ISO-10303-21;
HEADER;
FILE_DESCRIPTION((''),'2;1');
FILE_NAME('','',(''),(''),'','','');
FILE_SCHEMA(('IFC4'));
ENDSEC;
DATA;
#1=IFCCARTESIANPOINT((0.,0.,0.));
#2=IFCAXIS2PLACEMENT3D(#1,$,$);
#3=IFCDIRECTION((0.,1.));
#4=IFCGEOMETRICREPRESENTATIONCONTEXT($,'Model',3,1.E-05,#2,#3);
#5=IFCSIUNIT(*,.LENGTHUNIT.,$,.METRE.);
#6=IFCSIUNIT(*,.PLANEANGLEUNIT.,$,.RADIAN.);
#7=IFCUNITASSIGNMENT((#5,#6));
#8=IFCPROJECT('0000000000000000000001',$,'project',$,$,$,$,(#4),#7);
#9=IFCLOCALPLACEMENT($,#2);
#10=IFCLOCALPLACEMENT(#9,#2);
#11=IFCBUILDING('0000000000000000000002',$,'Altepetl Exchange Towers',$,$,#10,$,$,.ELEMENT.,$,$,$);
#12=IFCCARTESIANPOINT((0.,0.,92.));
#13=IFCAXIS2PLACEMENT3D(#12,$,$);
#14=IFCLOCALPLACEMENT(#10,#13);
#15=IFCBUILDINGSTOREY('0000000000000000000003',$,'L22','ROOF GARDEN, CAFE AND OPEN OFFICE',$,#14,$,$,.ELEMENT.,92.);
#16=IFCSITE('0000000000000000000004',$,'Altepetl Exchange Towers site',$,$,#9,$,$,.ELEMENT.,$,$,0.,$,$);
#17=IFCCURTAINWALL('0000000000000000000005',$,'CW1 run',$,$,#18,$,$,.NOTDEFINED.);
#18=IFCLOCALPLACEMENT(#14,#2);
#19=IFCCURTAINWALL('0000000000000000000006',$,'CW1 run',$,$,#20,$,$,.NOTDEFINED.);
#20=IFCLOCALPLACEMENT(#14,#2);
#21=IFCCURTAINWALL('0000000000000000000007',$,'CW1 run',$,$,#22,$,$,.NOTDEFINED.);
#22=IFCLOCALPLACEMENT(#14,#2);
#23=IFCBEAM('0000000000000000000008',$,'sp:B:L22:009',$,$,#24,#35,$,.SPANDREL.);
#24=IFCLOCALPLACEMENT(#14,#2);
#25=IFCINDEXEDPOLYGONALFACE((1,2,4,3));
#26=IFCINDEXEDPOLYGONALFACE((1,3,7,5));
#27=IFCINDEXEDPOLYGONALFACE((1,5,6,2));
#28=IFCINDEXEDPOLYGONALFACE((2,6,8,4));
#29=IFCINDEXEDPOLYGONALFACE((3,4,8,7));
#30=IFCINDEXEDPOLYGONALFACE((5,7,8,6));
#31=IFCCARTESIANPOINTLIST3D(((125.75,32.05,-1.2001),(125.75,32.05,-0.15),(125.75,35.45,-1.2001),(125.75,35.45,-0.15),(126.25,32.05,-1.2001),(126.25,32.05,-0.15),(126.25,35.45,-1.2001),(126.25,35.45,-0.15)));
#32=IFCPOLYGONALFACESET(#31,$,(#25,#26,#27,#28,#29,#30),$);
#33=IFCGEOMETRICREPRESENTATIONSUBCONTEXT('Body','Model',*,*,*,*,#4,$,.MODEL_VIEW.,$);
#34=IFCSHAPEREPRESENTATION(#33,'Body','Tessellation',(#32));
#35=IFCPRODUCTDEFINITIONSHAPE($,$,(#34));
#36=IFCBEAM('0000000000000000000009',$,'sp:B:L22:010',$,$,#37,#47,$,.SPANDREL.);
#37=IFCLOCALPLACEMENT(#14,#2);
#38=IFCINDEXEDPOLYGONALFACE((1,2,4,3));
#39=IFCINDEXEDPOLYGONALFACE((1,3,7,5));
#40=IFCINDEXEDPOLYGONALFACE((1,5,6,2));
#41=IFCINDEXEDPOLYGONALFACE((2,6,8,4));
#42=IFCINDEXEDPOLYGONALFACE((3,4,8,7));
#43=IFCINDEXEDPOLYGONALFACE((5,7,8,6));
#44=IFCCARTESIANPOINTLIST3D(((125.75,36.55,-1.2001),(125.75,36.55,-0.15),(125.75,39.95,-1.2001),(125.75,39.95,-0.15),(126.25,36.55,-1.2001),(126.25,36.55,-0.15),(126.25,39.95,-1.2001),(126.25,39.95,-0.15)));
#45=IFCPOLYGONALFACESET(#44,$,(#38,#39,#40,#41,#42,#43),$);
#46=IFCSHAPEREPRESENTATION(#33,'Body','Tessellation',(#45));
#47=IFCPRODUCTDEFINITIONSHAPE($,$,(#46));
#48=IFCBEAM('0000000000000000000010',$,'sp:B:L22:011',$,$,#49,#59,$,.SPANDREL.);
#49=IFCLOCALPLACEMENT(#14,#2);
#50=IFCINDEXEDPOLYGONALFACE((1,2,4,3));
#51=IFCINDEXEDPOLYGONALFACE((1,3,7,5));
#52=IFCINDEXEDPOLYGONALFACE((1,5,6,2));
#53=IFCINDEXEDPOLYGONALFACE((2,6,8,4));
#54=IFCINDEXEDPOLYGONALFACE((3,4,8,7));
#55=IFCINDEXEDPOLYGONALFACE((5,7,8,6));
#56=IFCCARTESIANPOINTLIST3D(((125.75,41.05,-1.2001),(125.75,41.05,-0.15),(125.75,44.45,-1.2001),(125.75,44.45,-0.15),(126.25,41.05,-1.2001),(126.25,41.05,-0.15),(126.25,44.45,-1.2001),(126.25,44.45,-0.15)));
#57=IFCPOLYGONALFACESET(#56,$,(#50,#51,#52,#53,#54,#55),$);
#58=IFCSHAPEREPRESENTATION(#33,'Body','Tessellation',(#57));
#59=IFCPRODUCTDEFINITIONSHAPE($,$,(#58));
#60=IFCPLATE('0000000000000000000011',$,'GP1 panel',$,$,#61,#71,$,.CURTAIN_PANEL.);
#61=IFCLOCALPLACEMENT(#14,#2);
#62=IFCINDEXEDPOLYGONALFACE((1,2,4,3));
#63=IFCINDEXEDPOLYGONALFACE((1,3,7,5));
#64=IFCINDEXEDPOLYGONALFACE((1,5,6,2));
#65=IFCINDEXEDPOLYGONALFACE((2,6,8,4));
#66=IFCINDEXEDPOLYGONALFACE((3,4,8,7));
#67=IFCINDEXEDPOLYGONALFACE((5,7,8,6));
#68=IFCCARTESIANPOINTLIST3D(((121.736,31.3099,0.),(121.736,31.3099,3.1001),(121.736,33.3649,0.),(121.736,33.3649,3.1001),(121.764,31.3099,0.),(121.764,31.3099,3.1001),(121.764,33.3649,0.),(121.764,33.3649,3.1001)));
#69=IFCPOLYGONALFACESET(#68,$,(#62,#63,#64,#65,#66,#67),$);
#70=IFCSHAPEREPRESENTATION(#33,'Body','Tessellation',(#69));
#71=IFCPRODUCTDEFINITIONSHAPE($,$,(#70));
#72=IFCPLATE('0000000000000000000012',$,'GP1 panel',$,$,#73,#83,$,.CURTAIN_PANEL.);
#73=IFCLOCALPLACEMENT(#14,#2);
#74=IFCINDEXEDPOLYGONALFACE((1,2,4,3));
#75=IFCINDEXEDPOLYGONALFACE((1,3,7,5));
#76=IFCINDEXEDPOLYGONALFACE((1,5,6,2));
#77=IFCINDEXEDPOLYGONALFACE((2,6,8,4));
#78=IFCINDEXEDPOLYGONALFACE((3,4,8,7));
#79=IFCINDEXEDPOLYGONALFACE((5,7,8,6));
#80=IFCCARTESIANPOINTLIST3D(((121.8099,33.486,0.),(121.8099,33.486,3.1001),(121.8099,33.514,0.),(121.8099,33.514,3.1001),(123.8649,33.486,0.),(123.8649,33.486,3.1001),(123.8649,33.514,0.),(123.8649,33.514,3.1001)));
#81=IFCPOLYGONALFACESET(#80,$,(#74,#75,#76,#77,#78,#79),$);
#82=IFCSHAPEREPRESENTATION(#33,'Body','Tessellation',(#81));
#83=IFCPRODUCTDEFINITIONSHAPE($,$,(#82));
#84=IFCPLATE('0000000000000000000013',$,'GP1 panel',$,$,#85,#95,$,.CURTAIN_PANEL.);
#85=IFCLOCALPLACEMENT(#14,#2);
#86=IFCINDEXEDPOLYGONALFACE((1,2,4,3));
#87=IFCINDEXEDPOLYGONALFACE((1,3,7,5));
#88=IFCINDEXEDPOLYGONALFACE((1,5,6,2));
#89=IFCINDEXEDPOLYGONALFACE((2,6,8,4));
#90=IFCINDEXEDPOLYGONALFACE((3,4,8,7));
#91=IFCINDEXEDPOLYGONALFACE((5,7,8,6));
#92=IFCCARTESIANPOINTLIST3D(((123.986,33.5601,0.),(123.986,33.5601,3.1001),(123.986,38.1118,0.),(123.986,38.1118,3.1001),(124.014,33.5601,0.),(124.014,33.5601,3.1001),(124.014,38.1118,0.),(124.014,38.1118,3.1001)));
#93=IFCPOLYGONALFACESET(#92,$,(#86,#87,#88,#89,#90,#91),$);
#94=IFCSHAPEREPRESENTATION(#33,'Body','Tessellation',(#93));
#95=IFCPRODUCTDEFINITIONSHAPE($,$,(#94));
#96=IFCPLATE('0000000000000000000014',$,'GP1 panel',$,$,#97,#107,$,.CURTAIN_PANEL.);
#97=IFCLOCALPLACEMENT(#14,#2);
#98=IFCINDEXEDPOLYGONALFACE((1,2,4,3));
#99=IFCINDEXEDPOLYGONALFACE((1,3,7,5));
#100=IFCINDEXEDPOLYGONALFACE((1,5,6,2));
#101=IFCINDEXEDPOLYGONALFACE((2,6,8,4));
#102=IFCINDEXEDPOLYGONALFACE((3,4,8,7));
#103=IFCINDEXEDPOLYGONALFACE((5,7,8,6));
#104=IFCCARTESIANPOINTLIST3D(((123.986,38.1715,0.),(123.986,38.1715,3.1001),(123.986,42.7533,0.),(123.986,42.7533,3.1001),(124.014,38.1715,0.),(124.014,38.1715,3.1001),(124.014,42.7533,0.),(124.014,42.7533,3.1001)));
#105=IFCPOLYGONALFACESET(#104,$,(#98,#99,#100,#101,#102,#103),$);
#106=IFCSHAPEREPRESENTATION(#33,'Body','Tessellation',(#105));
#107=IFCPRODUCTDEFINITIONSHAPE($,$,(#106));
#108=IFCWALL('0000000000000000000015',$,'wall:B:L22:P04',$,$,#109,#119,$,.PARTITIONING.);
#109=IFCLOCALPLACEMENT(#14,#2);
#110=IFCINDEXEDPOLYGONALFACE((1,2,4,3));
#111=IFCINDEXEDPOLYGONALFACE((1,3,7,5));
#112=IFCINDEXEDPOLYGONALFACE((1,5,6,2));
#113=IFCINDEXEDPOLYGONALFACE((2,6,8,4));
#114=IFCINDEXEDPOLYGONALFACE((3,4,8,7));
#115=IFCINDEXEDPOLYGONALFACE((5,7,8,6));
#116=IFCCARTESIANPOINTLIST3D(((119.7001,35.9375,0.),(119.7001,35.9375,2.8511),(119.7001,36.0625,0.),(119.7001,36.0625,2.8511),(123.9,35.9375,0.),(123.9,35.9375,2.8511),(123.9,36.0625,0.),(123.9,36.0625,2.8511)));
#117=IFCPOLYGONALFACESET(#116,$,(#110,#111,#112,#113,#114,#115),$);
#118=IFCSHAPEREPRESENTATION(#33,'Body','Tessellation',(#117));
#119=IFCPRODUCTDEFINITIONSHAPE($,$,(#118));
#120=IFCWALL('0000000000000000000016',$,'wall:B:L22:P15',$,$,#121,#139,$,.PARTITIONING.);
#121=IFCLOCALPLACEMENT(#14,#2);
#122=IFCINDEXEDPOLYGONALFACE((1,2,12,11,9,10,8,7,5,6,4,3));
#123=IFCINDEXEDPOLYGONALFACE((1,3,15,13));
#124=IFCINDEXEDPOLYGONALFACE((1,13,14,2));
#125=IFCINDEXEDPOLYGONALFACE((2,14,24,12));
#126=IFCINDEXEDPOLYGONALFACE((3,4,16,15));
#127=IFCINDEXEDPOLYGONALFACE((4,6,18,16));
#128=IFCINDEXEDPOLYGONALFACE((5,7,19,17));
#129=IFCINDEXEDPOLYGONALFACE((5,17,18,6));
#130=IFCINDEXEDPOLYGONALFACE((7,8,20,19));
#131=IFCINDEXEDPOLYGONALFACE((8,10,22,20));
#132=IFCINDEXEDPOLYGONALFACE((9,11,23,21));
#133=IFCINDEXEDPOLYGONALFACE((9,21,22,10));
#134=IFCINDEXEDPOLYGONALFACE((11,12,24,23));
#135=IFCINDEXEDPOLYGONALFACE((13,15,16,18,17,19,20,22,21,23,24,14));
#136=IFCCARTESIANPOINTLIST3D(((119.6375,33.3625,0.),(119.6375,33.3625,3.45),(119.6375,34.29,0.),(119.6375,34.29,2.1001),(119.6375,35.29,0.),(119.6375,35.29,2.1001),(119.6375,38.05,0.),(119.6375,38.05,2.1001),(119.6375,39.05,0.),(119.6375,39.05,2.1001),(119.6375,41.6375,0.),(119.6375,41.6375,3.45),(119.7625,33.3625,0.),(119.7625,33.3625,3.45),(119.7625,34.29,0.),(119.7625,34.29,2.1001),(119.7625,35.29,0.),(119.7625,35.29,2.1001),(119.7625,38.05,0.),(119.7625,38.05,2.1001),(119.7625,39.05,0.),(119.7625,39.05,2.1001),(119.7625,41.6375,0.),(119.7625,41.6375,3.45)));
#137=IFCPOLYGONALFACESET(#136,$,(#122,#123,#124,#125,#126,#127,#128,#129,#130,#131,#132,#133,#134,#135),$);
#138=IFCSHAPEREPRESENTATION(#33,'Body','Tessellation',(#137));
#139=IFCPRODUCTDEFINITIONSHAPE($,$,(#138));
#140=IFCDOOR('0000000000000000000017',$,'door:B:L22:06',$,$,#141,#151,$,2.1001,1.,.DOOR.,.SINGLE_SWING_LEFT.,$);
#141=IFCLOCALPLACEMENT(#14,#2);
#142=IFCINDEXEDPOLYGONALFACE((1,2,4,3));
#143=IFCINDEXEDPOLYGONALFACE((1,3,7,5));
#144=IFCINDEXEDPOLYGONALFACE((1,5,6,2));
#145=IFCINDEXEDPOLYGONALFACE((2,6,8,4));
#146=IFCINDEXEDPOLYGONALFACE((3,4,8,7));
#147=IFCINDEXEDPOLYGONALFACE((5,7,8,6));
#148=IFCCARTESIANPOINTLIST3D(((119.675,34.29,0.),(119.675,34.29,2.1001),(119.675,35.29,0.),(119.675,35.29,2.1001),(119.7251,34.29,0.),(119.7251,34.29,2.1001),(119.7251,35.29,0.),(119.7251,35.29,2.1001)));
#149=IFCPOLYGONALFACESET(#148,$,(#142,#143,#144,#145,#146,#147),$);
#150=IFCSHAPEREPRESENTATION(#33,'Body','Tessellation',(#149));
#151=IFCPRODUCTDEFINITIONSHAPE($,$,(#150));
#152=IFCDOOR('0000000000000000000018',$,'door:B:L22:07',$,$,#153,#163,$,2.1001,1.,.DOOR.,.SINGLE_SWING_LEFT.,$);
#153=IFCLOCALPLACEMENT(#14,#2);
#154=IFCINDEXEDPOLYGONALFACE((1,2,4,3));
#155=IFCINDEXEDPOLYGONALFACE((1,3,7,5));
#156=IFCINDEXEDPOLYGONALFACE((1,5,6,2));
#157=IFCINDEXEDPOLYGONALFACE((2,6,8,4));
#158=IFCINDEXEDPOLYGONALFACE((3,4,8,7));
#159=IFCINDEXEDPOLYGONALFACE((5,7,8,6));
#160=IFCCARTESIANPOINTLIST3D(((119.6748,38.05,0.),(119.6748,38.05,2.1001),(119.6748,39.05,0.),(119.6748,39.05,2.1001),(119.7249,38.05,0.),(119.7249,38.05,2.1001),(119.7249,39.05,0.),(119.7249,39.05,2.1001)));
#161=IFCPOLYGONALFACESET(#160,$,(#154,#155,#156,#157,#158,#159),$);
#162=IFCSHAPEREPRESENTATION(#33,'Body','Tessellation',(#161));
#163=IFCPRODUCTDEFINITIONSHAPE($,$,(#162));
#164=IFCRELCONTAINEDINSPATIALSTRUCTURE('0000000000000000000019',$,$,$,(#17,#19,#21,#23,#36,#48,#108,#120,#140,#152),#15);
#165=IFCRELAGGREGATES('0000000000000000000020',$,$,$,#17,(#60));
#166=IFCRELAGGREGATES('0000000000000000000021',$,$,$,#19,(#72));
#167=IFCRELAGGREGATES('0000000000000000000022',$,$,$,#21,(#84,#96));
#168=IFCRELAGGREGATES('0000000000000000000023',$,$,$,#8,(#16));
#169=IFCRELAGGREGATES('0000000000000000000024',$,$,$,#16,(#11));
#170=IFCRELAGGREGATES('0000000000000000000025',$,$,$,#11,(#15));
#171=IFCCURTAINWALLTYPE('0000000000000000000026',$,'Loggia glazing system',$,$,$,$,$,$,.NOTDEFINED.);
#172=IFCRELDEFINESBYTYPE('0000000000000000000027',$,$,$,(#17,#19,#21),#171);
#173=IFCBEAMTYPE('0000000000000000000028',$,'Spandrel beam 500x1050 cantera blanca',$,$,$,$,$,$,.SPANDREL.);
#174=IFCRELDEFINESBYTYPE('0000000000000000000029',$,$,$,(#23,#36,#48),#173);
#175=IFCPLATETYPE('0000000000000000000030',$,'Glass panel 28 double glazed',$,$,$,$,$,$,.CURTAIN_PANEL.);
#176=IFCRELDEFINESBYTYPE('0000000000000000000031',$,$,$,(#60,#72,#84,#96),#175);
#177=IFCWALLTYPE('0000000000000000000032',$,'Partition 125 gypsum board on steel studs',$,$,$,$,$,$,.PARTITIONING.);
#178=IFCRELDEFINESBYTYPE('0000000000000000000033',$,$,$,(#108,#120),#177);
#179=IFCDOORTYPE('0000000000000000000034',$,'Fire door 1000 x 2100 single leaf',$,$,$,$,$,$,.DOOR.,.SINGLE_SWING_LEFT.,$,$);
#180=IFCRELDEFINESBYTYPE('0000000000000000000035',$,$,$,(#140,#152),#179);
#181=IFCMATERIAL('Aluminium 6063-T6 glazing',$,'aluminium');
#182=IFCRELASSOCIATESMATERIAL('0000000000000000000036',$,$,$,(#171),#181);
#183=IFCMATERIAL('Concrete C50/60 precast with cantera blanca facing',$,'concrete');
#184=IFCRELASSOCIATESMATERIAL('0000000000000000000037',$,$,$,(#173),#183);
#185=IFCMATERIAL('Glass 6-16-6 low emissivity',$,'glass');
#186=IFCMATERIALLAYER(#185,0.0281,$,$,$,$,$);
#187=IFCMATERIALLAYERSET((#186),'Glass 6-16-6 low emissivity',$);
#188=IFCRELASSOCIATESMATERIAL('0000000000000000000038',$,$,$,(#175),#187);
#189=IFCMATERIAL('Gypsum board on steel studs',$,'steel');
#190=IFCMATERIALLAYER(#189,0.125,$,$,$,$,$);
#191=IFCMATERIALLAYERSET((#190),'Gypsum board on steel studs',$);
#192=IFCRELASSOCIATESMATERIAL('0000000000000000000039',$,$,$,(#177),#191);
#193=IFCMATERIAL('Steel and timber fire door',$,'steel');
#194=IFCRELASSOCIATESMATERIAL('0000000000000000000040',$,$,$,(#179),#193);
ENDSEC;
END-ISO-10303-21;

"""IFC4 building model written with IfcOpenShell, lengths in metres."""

from ifc_helpers import new_model, si_unit, direction, frame, frame_2d, origin, origin_2d, place, context, subcontext, project, spatial, rectangle, extrude, material, layer, layer_set, material_profile, profile_set, type_object, element, fill, aggregate, save


model = new_model("IFC4")

# Units and contexts
model_context = context("Model", 3, precision=1e-05, world=origin(), true_north=direction((0.0, 1.0)))
body_context = subcontext(model_context, "Body", "Model", "MODEL_VIEW")
ifc_project = project(units=[si_unit("LENGTHUNIT", "METRE"), si_unit("PLANEANGLEUNIT", "RADIAN")], contexts=[model_context])

# Site, building, storey
site_placement = place(None, origin())
site = spatial("IfcSite", under=ifc_project, at=site_placement, Name="Altepetl Exchange Towers site", CompositionType="ELEMENT", RefElevation=0.0)
building_placement = place(site_placement, origin())
building = spatial("IfcBuilding", under=site, at=building_placement, Name="Altepetl Exchange Towers", CompositionType="ELEMENT")
storey_placement = place(building_placement, frame((0.0, 0.0, 92.0)))
storey = spatial("IfcBuildingStorey", under=building, at=storey_placement, Name="L22", Description="ROOF GARDEN, CAFE AND OPEN OFFICE", CompositionType="ELEMENT", Elevation=92.0)

# Curtain wall
ifc_material_1 = material(Name="Aluminium 6063-T6 glazing", Category="aluminium")
curtain_wall_type = type_object("IfcCurtainWallType", Name="Loggia glazing system", PredefinedType="NOTDEFINED", material=ifc_material_1)
curtain_wall_1_placement = place(storey_placement, origin())
curtain_wall_1 = element("IfcCurtainWall", 1, at=curtain_wall_1_placement, inside=storey, type_object=curtain_wall_type, Name="CW1 run", PredefinedType="NOTDEFINED")

# Curtain walls
curtain_wall_2_placement = place(storey_placement, origin())
curtain_wall_2 = element("IfcCurtainWall", 2, at=curtain_wall_2_placement, inside=storey, type_object=curtain_wall_type, Name="CW1 run", PredefinedType="NOTDEFINED")
curtain_wall_3_placement = place(storey_placement, origin())
curtain_wall_3 = element("IfcCurtainWall", 3, at=curtain_wall_3_placement, inside=storey, type_object=curtain_wall_type, Name="CW1 run", PredefinedType="NOTDEFINED")

# Beams
ifc_material_2 = material(Name="Concrete C50/60 precast with cantera blanca facing", Category="concrete")
ifc_material_profile_1 = material_profile(ifc_material_2, rectangle(XDim=0.5, YDim=1.05, at=origin_2d()), Name="500 x 1050")
ifc_profile_set_1 = profile_set([ifc_material_profile_1], Name="Concrete C50/60 precast with cantera blanca facing")
beam_type_1 = type_object("IfcBeamType", Name="Spandrel beam 500x1050 cantera blanca", PredefinedType="SPANDREL", material=ifc_profile_set_1)
for number, where, z_axis, x_axis, name in (
    (4, (126.0, 32.05, -0.675), (0.0, 1.0, 0.0), (-1.0, 0.0, 0.0), "sp:B:L22:009"),
    (5, (126.0, 36.55, -0.675), (0.0, 1.0, 0.0), (-1.0, 0.0, 0.0), "sp:B:L22:010"),
    (6, (126.0, 41.05, -0.675), (0.0, 1.0, 0.0), (-1.0, 0.0, 0.0), "sp:B:L22:011"),
):
    element("IfcBeam", number, at=place(storey_placement, frame(where, z_axis=z_axis, x_axis=x_axis)), inside=storey, type_object=beam_type_1, Name=name, PredefinedType="SPANDREL", context=body_context, shape_type="SweptSolid", body=[
        extrude(rectangle(XDim=0.5, YDim=1.05, at=origin_2d()), origin(), (0.0, 0.0, 1.0), 3.3999),
    ])

# Plates
ifc_material_3 = material(Name="Glass 6-16-6 low emissivity", Category="glass")
ifc_layer_1 = layer(ifc_material_3, 0.0281)
ifc_layer_set_1 = layer_set([ifc_layer_1], Name="Glass 6-16-6 low emissivity")
plate_type = type_object("IfcPlateType", Name="Glass panel 28 double glazed", PredefinedType="CURTAIN_PANEL", material=ifc_layer_set_1)
plate_1_placement = place(storey_placement, frame((121.75, 32.3374, 0.0), z_axis=(0.0, 0.0, 1.0), x_axis=(0.0, 1.0, 0.0)))
plate_1 = element("IfcPlate", 7, at=plate_1_placement, type_object=plate_type, Name="GP1 panel", PredefinedType="CURTAIN_PANEL", context=body_context, shape_type="SweptSolid", body=[
    extrude(rectangle(XDim=2.0549, YDim=0.0281, at=origin_2d()), origin(), (0.0, 0.0, 1.0), 3.1001),
])
aggregate(curtain_wall_1, [plate_1])
plate_2_placement = place(storey_placement, frame((122.8374, 33.5, 0.0)))
plate_2 = element("IfcPlate", 8, at=plate_2_placement, type_object=plate_type, Name="GP1 panel", PredefinedType="CURTAIN_PANEL", context=body_context, shape_type="SweptSolid", body=[
    extrude(rectangle(XDim=2.0549, YDim=0.0281, at=origin_2d()), origin(), (0.0, 0.0, 1.0), 3.1001),
])
aggregate(curtain_wall_2, [plate_2])
plate_3_placement = place(storey_placement, frame((124.0, 35.8359, 0.0), z_axis=(0.0, 0.0, 1.0), x_axis=(0.0, 1.0, 0.0)))
plate_3 = element("IfcPlate", 9, at=plate_3_placement, type_object=plate_type, Name="GP1 panel", PredefinedType="CURTAIN_PANEL", context=body_context, shape_type="SweptSolid", body=[
    extrude(rectangle(XDim=4.5518, YDim=0.0281, at=origin_2d()), origin(), (0.0, 0.0, 1.0), 3.1001),
])
plate_4_placement = place(storey_placement, frame((124.0, 40.4624, 0.0), z_axis=(0.0, 0.0, 1.0), x_axis=(0.0, 1.0, 0.0)))
plate_4 = element("IfcPlate", 10, at=plate_4_placement, type_object=plate_type, Name="GP1 panel", PredefinedType="CURTAIN_PANEL", context=body_context, shape_type="SweptSolid", body=[
    extrude(rectangle(XDim=4.5818, YDim=0.0281, at=origin_2d()), origin(), (0.0, 0.0, 1.0), 3.1001),
])
aggregate(curtain_wall_3, [plate_3, plate_4])

# Wall
ifc_material_4 = material(Name="Gypsum board on steel studs", Category="steel")
ifc_layer_2 = layer(ifc_material_4, 0.125)
ifc_layer_set_2 = layer_set([ifc_layer_2], Name="Gypsum board on steel studs")
wall_type = type_object("IfcWallType", Name="Partition 125 gypsum board on steel studs", PredefinedType="PARTITIONING", material=ifc_layer_set_2)
wall_1_placement = place(storey_placement, frame((119.7, 36.0, 0.0)))
element("IfcWall", 11, at=wall_1_placement, inside=storey, type_object=wall_type, Name="wall:B:L22:P04", PredefinedType="PARTITIONING", context=body_context, shape_type="SweptSolid", body=[
    extrude(rectangle(XDim=4.2, YDim=0.125, at=frame_2d((2.1001, 0.0))), origin(), (0.0, 0.0, 1.0), 2.8511),
])

# Wall, openings, doors
wall_2_placement = place(storey_placement, frame((119.7, 33.3625, 0.0), z_axis=(0.0, 0.0, 1.0), x_axis=(0.0, 1.0, 0.0)))
wall_2 = element("IfcWall", 12, at=wall_2_placement, inside=storey, type_object=wall_type, Name="wall:B:L22:P15", PredefinedType="PARTITIONING", context=body_context, shape_type="SweptSolid", body=[
    extrude(rectangle(XDim=8.2749, YDim=0.125, at=frame_2d((4.1375, 0.0))), origin(), (0.0, 0.0, 1.0), 3.45),
])
opening_1_placement = place(wall_2_placement, frame((0.9275, 0.0, 0.0)))
opening_1 = element("IfcOpeningElement", 13, at=opening_1_placement, cuts=wall_2, PredefinedType="OPENING", context=body_context, shape_type="SweptSolid", body=[
    extrude(rectangle(XDim=1.0, YDim=2.1001, at=frame_2d((0.5, 1.05))), frame((0.0, 0.0725, 0.0), z_axis=(0.0, -1.0, 0.0), x_axis=(1.0, 0.0, 0.0)), (0.0, 0.0, 1.0), 0.145),
])
opening_2_placement = place(wall_2_placement, frame((4.6875, 0.0, 0.0)))
opening_2 = element("IfcOpeningElement", 14, at=opening_2_placement, cuts=wall_2, PredefinedType="OPENING", context=body_context, shape_type="SweptSolid", body=[
    extrude(rectangle(XDim=1.0, YDim=2.1001, at=frame_2d((0.5, 1.05))), frame((0.0, 0.0725, 0.0), z_axis=(0.0, -1.0, 0.0), x_axis=(1.0, 0.0, 0.0)), (0.0, 0.0, 1.0), 0.145),
])
ifc_material_5 = material(Name="Steel and timber fire door", Category="steel")
door_type = type_object("IfcDoorType", Name="Fire door 1000 x 2100 single leaf", OperationType="SINGLE_SWING_LEFT", PredefinedType="DOOR", material=ifc_material_5)
door_1_placement = place(opening_1_placement, origin())
door_1 = element("IfcDoor", 15, at=door_1_placement, inside=storey, type_object=door_type, Name="door:B:L22:06", OperationType="SINGLE_SWING_LEFT", OverallHeight=2.1001, OverallWidth=1.0, PredefinedType="DOOR", context=body_context, shape_type="SweptSolid", body=[
    extrude(rectangle(XDim=1.0, YDim=2.1001, at=frame_2d((0.5, 1.05))), frame((0.0, 0.0249, 0.0), z_axis=(0.0, -1.0, 0.0), x_axis=(1.0, 0.0, 0.0)), (0.0, 0.0, 1.0), 0.05),
])
fill(opening_1, door_1)
door_2_placement = place(opening_2_placement, frame((1.0, 0.0, 0.0), x_axis=(-1.0, 0.0, 0.0)))
door_2 = element("IfcDoor", 16, at=door_2_placement, inside=storey, type_object=door_type, Name="door:B:L22:07", OperationType="SINGLE_SWING_LEFT", OverallHeight=2.1001, OverallWidth=1.0, PredefinedType="DOOR", context=body_context, shape_type="SweptSolid", body=[
    extrude(rectangle(XDim=1.0, YDim=2.1001, at=frame_2d((0.5, 1.05))), frame((0.0, 0.0249, 0.0), z_axis=(0.0, -1.0, 0.0), x_axis=(1.0, 0.0, 0.0)), (0.0, 0.0, 1.0), 0.05),
])
fill(opening_2, door_2)

save(model, "model.ifc")
